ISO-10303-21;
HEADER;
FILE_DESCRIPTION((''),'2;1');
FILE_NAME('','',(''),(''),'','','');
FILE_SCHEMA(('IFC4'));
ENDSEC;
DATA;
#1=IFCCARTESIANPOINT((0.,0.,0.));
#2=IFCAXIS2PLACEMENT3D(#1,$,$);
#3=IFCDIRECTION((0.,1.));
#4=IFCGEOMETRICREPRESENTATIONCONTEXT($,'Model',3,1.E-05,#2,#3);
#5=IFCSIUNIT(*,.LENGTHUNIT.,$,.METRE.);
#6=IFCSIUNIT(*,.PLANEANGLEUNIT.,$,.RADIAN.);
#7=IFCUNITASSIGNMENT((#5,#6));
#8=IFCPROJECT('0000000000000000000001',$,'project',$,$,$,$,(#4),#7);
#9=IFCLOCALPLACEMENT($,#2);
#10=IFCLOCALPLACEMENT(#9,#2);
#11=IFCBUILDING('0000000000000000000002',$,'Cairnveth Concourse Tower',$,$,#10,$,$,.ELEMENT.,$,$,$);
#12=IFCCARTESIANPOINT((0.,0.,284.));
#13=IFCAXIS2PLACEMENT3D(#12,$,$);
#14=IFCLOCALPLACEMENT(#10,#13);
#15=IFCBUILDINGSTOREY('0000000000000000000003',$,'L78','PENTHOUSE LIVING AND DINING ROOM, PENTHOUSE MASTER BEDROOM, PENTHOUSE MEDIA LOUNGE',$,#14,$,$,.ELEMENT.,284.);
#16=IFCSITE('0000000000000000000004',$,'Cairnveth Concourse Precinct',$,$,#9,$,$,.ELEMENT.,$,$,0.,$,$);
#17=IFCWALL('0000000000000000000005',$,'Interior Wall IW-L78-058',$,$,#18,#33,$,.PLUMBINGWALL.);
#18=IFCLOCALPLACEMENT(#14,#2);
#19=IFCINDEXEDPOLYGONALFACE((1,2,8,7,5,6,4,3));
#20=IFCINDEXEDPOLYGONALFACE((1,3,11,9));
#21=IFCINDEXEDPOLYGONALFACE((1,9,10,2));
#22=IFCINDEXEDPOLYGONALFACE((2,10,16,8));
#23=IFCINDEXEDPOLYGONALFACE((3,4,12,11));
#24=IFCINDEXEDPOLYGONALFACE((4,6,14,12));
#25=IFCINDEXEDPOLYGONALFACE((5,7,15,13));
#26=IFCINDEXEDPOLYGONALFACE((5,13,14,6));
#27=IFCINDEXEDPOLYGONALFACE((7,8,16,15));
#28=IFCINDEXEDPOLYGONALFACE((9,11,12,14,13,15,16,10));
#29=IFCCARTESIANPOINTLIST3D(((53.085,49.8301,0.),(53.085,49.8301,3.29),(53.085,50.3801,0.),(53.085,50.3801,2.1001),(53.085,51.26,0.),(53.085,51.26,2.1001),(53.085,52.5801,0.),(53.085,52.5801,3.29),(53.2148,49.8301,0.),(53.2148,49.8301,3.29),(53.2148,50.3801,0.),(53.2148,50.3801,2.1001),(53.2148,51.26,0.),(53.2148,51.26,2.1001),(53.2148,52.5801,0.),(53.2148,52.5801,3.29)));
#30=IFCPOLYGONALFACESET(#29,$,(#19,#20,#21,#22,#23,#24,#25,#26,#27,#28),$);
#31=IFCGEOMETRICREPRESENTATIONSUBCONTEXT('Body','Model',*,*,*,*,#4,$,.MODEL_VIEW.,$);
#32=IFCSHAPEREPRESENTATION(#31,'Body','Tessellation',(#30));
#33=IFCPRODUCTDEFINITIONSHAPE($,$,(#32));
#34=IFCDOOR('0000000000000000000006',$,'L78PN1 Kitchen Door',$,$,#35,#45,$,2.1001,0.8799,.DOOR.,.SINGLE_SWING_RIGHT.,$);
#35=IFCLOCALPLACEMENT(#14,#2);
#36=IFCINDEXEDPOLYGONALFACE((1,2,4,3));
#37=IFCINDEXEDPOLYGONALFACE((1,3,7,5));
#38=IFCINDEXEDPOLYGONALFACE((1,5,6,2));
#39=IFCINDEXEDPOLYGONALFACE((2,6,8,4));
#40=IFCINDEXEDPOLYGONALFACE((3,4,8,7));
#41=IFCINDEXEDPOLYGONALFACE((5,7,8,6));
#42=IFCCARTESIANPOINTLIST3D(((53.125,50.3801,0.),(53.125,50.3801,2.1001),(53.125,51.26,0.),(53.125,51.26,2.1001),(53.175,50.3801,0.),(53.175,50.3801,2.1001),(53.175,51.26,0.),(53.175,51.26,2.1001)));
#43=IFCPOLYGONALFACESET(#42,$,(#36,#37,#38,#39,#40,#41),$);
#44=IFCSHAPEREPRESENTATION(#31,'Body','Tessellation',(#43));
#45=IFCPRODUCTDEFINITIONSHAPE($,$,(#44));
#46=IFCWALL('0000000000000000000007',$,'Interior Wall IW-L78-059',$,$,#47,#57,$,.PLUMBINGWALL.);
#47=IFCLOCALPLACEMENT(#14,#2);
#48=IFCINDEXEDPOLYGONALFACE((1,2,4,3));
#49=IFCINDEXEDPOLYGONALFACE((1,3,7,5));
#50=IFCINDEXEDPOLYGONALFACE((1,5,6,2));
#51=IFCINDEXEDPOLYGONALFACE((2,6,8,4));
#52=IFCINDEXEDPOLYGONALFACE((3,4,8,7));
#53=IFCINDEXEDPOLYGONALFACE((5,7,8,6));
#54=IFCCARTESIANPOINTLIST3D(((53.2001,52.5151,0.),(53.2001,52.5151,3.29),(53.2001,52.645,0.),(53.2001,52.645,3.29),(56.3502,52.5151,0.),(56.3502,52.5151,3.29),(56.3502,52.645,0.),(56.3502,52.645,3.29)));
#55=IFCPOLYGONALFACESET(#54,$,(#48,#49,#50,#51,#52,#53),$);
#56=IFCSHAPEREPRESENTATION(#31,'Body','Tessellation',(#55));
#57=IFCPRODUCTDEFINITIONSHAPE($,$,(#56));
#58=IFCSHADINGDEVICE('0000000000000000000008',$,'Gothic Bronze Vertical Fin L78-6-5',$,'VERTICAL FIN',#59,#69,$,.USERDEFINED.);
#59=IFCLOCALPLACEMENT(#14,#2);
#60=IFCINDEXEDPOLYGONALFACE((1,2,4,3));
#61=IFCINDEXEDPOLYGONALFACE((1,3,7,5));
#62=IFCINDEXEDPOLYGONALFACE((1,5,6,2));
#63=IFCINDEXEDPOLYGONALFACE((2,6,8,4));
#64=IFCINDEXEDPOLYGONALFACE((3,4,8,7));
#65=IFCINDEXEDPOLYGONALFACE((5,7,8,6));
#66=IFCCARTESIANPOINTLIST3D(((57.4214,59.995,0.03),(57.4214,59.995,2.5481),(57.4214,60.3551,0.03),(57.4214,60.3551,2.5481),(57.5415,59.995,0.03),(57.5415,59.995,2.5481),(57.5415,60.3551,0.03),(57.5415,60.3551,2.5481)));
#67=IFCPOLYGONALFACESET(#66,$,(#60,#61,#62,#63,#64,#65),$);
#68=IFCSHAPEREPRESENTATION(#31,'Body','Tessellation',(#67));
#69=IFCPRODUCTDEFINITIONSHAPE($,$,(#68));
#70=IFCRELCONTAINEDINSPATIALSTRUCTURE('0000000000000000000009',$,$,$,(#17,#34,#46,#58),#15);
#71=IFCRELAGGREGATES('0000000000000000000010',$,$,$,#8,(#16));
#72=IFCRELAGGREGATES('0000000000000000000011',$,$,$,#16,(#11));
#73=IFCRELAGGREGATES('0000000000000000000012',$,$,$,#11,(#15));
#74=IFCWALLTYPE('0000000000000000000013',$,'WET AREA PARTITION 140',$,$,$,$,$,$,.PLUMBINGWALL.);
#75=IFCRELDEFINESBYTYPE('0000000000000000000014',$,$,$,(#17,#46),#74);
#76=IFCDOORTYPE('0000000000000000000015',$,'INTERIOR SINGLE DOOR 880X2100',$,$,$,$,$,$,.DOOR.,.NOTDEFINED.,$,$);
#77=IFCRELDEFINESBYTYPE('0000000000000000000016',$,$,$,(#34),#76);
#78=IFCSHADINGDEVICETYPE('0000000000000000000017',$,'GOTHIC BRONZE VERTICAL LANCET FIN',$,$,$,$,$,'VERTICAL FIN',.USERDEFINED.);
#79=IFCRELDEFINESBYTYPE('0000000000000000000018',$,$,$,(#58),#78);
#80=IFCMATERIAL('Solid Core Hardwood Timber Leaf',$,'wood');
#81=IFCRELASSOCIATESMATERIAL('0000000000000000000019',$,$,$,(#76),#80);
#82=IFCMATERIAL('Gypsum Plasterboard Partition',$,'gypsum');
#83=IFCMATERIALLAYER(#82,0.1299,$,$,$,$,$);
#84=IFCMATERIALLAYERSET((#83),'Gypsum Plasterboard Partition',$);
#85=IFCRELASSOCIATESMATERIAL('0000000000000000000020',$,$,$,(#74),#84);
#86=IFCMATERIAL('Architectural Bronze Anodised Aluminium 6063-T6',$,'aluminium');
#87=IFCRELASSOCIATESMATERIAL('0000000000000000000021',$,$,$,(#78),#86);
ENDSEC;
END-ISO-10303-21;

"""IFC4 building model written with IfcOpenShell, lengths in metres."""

from ifc_helpers import new_model, si_unit, direction, frame, frame_2d, origin, origin_2d, place, context, subcontext, project, spatial, rectangle, extrude, material, layer, layer_set, type_object, element, fill, save


model = new_model("IFC4")

# Units and contexts
model_context = context("Model", 3, precision=1e-05, world=origin(), true_north=direction((0.0, 1.0)))
body_context = subcontext(model_context, "Body", "Model", "MODEL_VIEW")
ifc_project = project(units=[si_unit("LENGTHUNIT", "METRE"), si_unit("PLANEANGLEUNIT", "RADIAN")], contexts=[model_context])

# Site, building, storey
site_placement = place(None, origin())
site = spatial("IfcSite", under=ifc_project, at=site_placement, Name="Cairnveth Concourse Precinct", CompositionType="ELEMENT", RefElevation=0.0)
building_placement = place(site_placement, origin())
building = spatial("IfcBuilding", under=site, at=building_placement, Name="Cairnveth Concourse Tower", CompositionType="ELEMENT")
storey_placement = place(building_placement, frame((0.0, 0.0, 284.0)))
storey = spatial("IfcBuildingStorey", under=building, at=storey_placement, Name="L78", Description="PENTHOUSE LIVING AND DINING ROOM, PENTHOUSE MASTER BEDROOM, PENTHOUSE MEDIA LOUNGE", CompositionType="ELEMENT", Elevation=284.0)

# Shared definitions
ifc_material_1 = material(Name="Gypsum Plasterboard Partition", Category="gypsum")

# Shared definitions
ifc_material_2 = material(Name="Solid Core Hardwood Timber Leaf", Category="wood")
door_type_1 = type_object("IfcDoorType", Name="INTERIOR SINGLE DOOR 880X2100", OperationType="NOTDEFINED", PredefinedType="DOOR", material=ifc_material_2)

# Shared definitions
ifc_layer_1 = layer(ifc_material_1, 0.1299)
ifc_layer_set_1 = layer_set([ifc_layer_1], Name="Gypsum Plasterboard Partition")
wall_type_1 = type_object("IfcWallType", Name="WET AREA PARTITION 140", PredefinedType="PLUMBINGWALL", material=ifc_layer_set_1)

# Wall, opening, door
wall_1_placement = place(storey_placement, frame((53.1499, 49.8301, 0.0), z_axis=(0.0, 0.0, 1.0), x_axis=(0.0, 1.0, 0.0)))
wall_1 = element("IfcWall", 1, at=wall_1_placement, inside=storey, type_object=wall_type_1, Name="Interior Wall IW-L78-058", PredefinedType="PLUMBINGWALL", context=body_context, shape_type="SweptSolid", body=[
    extrude(rectangle(XDim=2.75, YDim=0.1299, at=frame_2d((1.375, 0.0))), origin(), (0.0, 0.0, 1.0), 3.29),
])
opening_1_placement = place(wall_1_placement, frame((0.55, 0.0, 0.0)))
opening_1 = element("IfcOpeningElement", 2, at=opening_1_placement, cuts=wall_1, PredefinedType="OPENING", context=body_context, shape_type="SweptSolid", body=[
    extrude(rectangle(XDim=0.8799, YDim=2.1001, at=frame_2d((0.4399, 1.05))), frame((0.0, 0.075, 0.0), z_axis=(0.0, -1.0, 0.0), x_axis=(1.0, 0.0, 0.0)), (0.0, 0.0, 1.0), 0.1499),
])
door_1_placement = place(opening_1_placement, origin())
door_1 = element("IfcDoor", 3, at=door_1_placement, inside=storey, type_object=door_type_1, Name="L78PN1 Kitchen Door", OperationType="SINGLE_SWING_RIGHT", OverallHeight=2.1001, OverallWidth=0.8799, PredefinedType="DOOR", context=body_context, shape_type="SweptSolid", body=[
    extrude(rectangle(XDim=0.8799, YDim=2.1001, at=frame_2d((0.4399, 1.05))), frame((0.0, 0.0249, 0.0), z_axis=(0.0, -1.0, 0.0), x_axis=(1.0, 0.0, 0.0)), (0.0, 0.0, 1.0), 0.05),
])
fill(opening_1, door_1)

# Wall
wall_2_placement = place(storey_placement, frame((53.2, 52.5801, 0.0), z_axis=(0.0, 0.0, 1.0), x_axis=(1.0, 0.0, 0.0)))
element("IfcWall", 4, at=wall_2_placement, inside=storey, type_object=wall_type_1, Name="Interior Wall IW-L78-059", PredefinedType="PLUMBINGWALL", context=body_context, shape_type="SweptSolid", body=[
    extrude(rectangle(XDim=3.1501, YDim=0.1299, at=frame_2d((1.5752, 0.0))), origin(), (0.0, 0.0, 1.0), 3.29),
])

# Shading device
ifc_material_3 = material(Name="Architectural Bronze Anodised Aluminium 6063-T6", Category="aluminium")
shading_device_type = type_object("IfcShadingDeviceType", Name="GOTHIC BRONZE VERTICAL LANCET FIN", ElementType="VERTICAL FIN", PredefinedType="USERDEFINED", material=ifc_material_3)
shading_device_placement = place(storey_placement, frame((57.4814, 60.175, 0.03), z_axis=(0.0, 0.0, 1.0), x_axis=(1.0, 0.0, 0.0)))
element("IfcShadingDevice", 5, at=shading_device_placement, inside=storey, type_object=shading_device_type, Name="Gothic Bronze Vertical Fin L78-6-5", ObjectType="VERTICAL FIN", PredefinedType="USERDEFINED", context=body_context, shape_type="SweptSolid", body=[
    extrude(rectangle(XDim=0.1201, YDim=0.3601, at=origin_2d()), origin(), (0.0, 0.0, 1.0), 2.5181),
])

save(model, "model.ifc")
